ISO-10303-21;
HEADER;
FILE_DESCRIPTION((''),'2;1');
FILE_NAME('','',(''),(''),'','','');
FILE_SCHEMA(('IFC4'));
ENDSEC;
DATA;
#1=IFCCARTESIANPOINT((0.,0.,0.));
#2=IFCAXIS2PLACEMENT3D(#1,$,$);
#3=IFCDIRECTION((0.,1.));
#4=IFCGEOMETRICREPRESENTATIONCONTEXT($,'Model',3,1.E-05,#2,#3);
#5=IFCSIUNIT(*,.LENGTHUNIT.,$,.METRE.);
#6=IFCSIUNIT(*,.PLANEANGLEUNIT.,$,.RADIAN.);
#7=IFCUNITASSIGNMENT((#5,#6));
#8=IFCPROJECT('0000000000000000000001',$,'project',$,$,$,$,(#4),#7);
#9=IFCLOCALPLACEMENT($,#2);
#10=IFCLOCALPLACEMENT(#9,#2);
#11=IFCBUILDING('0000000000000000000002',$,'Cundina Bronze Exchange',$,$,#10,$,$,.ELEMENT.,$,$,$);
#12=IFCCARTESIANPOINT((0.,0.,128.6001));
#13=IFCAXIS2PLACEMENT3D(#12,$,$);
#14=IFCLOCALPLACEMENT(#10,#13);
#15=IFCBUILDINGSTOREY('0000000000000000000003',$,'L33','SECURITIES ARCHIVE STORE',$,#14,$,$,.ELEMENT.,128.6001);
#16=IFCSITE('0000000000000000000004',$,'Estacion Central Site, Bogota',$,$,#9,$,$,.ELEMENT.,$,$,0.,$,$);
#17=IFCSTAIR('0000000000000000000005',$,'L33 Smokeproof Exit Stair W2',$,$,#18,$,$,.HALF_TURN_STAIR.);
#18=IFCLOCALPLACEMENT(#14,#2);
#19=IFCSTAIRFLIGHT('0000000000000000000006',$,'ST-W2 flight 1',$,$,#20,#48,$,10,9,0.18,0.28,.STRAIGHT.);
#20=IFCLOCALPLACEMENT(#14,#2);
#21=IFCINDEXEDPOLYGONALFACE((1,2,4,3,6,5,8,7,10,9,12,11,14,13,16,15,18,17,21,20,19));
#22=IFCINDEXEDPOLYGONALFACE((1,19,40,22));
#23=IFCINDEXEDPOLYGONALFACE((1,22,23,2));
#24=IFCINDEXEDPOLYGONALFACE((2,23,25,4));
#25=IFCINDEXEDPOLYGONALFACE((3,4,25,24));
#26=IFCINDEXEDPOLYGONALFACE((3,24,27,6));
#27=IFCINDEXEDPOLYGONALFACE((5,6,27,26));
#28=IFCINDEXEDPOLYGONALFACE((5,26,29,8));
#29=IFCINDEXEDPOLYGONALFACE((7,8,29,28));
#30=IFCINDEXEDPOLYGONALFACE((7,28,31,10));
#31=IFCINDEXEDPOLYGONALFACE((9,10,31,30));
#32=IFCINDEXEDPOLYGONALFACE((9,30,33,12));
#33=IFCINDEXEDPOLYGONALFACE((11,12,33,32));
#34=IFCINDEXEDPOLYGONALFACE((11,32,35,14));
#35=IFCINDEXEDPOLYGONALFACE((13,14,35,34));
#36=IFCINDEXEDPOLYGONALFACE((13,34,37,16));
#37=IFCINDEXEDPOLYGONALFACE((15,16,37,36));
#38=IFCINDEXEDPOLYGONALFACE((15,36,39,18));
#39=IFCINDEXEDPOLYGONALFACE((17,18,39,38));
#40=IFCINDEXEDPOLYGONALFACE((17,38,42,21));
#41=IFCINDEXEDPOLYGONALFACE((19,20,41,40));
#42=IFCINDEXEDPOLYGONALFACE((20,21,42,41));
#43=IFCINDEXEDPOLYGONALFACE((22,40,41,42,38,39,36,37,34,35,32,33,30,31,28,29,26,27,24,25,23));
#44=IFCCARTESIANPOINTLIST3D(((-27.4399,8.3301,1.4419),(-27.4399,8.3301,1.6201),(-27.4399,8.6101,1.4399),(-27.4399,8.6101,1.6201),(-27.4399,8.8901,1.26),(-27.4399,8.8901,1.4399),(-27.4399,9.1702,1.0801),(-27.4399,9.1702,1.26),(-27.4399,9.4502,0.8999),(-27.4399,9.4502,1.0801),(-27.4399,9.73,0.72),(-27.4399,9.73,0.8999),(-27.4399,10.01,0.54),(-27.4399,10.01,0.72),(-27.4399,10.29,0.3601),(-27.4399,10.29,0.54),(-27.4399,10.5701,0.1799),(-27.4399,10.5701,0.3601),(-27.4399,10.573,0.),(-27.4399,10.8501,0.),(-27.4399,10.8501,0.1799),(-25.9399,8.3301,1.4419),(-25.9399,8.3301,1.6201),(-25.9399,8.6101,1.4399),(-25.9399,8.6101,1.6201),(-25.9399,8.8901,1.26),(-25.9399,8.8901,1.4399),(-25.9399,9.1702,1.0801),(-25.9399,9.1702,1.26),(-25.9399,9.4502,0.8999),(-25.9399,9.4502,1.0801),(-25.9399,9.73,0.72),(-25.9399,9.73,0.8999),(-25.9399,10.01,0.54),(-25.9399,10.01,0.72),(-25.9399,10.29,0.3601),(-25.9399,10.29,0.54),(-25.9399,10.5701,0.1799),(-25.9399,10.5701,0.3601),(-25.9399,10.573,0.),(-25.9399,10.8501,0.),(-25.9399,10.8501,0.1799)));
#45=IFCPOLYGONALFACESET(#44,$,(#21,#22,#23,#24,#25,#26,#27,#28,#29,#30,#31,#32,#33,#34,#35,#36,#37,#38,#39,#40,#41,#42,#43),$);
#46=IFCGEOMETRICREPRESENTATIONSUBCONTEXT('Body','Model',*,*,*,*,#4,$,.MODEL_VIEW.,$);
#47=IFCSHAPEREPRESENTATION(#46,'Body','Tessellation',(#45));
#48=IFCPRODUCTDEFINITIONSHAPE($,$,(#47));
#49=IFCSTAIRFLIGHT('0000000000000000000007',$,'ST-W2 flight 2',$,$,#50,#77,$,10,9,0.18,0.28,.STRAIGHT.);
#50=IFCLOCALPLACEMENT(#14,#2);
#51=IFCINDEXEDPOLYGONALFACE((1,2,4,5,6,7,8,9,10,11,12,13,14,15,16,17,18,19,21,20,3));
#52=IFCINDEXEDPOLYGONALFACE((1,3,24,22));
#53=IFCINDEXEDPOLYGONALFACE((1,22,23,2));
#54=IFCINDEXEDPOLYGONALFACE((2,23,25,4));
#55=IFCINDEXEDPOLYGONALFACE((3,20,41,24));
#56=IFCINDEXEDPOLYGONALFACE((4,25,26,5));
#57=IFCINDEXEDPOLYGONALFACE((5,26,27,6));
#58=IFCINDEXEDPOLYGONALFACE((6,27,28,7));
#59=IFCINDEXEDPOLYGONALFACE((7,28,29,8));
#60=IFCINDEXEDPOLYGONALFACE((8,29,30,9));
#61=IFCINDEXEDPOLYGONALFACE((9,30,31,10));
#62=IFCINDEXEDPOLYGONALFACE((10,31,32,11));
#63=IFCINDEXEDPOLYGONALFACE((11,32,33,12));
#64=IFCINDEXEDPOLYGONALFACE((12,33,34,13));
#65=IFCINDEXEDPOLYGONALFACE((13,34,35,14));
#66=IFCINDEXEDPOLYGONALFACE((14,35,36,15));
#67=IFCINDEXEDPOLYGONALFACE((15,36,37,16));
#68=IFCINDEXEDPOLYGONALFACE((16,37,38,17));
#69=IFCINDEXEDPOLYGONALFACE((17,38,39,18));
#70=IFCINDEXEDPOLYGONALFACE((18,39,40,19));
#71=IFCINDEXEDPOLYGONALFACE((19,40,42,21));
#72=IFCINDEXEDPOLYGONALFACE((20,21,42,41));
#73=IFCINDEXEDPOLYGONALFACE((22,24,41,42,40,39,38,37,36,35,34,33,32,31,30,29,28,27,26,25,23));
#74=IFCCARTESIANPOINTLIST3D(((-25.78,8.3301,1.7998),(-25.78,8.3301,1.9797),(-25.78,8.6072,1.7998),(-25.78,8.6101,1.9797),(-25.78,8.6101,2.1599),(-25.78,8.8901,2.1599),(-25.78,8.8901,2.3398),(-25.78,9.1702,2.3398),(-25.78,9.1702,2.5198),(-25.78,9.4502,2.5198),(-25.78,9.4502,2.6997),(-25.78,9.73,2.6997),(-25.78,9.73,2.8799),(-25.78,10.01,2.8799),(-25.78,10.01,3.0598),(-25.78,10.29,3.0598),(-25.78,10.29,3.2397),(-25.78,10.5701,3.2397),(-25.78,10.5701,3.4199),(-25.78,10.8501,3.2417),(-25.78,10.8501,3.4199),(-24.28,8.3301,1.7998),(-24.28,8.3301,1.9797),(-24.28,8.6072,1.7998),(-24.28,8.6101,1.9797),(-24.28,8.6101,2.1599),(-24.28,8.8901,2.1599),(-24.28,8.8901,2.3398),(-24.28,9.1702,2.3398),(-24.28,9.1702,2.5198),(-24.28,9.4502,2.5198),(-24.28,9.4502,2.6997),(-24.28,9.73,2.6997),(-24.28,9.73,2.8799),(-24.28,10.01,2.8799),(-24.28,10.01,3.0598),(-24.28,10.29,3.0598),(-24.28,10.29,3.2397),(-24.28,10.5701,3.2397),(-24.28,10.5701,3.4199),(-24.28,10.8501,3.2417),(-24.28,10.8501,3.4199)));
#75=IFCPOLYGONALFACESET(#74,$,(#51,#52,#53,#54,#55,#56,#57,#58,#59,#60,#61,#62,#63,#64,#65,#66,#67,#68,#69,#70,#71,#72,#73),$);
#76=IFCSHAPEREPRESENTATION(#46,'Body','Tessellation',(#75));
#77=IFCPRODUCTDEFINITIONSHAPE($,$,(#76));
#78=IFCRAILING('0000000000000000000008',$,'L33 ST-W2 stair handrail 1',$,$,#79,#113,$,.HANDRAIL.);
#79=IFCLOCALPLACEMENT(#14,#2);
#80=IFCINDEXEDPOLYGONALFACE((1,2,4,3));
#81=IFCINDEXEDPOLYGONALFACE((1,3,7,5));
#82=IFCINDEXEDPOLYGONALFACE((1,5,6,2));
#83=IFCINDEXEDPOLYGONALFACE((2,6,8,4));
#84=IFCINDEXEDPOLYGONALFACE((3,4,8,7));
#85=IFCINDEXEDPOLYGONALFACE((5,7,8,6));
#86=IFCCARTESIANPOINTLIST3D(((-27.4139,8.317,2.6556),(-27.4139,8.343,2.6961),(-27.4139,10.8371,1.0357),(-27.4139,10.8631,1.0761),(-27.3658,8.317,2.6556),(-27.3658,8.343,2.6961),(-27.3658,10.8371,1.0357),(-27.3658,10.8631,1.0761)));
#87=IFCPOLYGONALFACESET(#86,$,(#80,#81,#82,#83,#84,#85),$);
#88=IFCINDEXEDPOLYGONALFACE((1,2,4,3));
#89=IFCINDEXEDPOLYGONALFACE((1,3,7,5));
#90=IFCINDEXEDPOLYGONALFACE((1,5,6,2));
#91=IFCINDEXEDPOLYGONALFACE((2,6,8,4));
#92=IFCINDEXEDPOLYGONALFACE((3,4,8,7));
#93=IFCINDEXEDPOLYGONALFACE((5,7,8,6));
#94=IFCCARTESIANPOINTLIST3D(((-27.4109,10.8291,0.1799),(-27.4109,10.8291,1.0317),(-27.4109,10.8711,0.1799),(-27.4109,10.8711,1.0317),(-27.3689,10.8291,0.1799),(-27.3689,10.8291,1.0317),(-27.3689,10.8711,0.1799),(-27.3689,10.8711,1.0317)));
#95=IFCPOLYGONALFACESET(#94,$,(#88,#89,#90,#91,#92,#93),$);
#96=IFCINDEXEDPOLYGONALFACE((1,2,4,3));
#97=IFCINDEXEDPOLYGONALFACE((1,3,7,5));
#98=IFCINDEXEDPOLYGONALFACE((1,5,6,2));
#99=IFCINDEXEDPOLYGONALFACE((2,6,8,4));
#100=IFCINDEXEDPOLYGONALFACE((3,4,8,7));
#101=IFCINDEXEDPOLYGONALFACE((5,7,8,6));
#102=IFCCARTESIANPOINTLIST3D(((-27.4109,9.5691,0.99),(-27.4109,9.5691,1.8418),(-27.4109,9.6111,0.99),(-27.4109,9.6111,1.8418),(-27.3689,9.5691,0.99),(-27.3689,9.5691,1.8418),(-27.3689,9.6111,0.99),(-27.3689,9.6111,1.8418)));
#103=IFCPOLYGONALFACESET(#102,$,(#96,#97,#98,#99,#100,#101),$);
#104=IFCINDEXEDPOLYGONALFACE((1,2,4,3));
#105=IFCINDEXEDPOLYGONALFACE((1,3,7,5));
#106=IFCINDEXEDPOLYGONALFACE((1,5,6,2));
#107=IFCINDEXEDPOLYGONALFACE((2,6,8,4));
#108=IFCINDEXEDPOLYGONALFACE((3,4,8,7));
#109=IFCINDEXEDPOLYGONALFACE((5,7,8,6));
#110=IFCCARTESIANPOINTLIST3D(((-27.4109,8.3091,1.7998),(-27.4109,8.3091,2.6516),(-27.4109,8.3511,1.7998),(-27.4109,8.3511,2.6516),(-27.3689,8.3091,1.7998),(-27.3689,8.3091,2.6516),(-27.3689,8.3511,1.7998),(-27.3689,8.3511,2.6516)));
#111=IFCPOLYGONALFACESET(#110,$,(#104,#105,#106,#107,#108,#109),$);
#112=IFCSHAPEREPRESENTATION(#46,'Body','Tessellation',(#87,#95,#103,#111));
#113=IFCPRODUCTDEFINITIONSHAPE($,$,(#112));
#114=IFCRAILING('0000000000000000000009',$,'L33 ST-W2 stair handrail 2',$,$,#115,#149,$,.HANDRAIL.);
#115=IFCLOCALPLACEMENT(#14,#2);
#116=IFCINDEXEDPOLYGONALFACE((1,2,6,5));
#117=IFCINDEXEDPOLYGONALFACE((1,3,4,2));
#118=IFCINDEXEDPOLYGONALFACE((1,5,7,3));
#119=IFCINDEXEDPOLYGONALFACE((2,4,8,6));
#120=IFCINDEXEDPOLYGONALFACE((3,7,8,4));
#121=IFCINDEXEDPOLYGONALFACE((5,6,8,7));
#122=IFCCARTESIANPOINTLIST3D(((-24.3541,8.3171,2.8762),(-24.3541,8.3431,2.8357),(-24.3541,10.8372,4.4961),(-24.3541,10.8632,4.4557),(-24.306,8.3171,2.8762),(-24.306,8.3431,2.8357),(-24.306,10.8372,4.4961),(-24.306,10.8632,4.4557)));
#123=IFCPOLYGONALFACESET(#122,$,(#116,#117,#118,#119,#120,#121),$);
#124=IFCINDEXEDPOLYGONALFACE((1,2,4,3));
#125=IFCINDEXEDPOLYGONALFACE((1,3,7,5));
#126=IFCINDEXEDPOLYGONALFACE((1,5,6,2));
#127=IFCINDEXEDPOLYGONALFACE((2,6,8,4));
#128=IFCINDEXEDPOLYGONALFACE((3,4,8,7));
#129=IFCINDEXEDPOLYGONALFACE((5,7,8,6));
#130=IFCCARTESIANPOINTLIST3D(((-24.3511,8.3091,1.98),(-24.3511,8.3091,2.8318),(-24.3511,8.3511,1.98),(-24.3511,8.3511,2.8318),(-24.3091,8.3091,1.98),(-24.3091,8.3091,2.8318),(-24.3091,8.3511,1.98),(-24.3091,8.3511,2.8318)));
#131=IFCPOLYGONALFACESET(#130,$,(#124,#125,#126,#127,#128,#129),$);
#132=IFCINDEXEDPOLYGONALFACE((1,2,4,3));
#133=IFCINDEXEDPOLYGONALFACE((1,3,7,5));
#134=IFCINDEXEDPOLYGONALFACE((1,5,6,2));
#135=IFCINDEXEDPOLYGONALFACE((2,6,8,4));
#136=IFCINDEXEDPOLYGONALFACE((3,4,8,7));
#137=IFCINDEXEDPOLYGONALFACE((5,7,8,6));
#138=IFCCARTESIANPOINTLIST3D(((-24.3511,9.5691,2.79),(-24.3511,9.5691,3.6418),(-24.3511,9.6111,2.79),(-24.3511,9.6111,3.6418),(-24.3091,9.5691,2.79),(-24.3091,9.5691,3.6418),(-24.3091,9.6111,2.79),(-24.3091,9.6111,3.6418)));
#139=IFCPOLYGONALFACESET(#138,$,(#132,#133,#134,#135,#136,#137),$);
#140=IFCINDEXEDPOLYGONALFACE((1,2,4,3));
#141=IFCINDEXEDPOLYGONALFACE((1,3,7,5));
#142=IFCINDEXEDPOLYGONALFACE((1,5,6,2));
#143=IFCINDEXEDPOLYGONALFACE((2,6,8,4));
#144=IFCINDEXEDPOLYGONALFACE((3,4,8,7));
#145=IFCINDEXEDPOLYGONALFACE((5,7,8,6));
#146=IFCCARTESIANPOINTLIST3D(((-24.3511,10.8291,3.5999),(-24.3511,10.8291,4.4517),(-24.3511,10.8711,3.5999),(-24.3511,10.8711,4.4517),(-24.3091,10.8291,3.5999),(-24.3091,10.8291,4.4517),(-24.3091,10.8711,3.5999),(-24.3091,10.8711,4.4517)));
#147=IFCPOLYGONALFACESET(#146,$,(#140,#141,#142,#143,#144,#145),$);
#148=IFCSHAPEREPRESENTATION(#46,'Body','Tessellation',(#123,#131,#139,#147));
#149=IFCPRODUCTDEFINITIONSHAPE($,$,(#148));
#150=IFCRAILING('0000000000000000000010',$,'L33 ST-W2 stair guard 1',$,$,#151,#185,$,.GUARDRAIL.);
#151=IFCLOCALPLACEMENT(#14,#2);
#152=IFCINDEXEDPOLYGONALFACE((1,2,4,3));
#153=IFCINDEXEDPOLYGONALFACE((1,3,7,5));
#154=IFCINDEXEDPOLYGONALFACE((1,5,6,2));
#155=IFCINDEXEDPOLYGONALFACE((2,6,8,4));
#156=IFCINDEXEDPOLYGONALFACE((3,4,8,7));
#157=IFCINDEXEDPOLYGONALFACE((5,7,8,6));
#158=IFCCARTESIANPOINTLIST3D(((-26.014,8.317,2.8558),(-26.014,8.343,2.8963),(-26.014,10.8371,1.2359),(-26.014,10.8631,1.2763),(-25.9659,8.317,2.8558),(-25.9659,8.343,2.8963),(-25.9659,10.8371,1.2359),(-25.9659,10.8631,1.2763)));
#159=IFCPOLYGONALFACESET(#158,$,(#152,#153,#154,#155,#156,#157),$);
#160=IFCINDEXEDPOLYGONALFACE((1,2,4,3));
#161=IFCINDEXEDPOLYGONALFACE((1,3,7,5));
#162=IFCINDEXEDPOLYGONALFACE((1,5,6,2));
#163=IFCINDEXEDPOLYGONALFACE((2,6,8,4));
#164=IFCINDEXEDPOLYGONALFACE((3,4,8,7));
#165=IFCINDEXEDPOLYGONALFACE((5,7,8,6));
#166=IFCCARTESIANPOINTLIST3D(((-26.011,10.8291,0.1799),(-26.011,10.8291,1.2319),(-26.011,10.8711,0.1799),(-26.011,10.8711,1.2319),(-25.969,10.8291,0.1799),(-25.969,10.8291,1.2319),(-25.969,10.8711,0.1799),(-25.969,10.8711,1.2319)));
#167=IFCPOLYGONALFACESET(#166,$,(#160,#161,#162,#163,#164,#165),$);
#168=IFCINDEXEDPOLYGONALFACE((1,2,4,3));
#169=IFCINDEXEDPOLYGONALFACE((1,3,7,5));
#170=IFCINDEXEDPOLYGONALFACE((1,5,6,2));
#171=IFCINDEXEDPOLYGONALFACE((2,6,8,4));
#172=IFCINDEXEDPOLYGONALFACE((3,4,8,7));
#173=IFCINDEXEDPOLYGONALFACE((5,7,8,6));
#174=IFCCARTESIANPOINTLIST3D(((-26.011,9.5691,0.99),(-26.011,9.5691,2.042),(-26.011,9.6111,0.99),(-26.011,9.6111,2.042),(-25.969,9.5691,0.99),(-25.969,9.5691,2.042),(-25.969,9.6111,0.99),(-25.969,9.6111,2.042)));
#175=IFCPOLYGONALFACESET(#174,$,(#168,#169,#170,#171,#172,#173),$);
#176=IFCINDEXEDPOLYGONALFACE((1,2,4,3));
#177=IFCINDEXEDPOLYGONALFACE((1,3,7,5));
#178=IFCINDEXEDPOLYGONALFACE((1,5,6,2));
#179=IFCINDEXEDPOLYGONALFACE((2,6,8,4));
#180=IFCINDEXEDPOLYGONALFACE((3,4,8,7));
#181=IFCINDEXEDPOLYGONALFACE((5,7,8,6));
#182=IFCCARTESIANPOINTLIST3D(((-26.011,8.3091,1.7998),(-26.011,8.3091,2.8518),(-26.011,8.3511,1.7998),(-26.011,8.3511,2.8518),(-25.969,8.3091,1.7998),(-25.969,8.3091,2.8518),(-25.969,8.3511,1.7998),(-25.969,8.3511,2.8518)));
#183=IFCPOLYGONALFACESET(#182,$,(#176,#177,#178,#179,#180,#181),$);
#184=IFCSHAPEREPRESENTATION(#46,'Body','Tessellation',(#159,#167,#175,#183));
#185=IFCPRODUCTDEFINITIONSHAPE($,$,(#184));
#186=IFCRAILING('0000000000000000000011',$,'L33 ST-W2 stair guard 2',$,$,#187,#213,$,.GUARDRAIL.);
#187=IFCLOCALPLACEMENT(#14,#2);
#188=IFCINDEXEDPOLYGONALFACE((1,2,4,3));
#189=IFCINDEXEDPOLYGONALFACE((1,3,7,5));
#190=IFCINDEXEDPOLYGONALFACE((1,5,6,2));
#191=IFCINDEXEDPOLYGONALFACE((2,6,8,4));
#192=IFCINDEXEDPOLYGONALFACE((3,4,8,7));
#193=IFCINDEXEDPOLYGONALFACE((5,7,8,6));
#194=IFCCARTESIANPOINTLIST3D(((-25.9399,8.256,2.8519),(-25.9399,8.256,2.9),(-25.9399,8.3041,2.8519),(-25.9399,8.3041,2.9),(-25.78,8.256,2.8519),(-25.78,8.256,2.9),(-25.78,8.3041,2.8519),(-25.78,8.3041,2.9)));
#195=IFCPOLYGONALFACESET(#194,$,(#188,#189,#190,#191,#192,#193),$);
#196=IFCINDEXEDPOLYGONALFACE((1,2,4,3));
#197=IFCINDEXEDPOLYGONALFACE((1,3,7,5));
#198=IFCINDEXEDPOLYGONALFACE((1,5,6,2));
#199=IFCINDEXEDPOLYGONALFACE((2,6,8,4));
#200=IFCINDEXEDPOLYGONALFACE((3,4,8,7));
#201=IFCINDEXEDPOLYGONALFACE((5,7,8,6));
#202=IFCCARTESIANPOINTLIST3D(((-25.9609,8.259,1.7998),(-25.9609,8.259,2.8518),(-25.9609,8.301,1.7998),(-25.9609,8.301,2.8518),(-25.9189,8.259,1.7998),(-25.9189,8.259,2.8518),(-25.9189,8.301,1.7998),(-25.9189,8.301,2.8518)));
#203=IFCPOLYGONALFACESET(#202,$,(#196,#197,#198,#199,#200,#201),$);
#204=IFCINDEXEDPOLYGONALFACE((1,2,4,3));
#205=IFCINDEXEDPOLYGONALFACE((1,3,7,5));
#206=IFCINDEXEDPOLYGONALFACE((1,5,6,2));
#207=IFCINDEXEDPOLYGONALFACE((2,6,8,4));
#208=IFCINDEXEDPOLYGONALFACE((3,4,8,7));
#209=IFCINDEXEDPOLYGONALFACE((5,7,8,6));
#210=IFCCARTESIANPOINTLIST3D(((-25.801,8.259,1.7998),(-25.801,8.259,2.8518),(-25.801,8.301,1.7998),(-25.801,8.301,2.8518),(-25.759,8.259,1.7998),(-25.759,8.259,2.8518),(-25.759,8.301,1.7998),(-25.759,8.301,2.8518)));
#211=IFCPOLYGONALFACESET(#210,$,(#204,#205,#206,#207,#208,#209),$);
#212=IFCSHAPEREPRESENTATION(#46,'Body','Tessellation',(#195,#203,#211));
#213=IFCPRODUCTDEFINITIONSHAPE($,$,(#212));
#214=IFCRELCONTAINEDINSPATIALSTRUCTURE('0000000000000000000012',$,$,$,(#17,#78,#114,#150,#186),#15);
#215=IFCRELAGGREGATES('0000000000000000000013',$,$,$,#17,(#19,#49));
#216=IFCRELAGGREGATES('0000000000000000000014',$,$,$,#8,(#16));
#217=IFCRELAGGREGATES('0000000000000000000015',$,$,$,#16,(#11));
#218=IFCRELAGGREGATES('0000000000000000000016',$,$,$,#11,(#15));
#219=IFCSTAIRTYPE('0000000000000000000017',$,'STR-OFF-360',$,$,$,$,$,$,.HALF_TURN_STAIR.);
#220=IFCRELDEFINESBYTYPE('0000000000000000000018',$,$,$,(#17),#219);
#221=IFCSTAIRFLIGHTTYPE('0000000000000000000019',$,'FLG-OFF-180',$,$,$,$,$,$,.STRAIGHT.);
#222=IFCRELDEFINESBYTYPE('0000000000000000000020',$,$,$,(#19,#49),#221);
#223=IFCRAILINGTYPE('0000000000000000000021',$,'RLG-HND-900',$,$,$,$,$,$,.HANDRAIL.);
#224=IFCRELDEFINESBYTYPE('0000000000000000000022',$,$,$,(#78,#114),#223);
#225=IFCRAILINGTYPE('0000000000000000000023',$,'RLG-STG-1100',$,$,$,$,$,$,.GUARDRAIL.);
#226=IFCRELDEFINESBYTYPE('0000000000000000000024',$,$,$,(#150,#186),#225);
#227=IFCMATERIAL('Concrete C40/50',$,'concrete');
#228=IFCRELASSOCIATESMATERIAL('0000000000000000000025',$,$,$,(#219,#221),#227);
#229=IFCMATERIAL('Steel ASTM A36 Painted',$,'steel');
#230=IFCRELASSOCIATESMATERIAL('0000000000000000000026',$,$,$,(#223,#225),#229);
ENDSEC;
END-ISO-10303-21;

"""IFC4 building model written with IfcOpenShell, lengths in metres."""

from ifc_helpers import new_model, si_unit, direction, frame, origin, origin_2d, place, context, subcontext, project, spatial, polyline, rectangle, outline, extrude, material, type_object, element, aggregate, save


model = new_model("IFC4")

# Units and contexts
model_context = context("Model", 3, precision=1e-05, world=origin(), true_north=direction((0.0, 1.0)))
body_context = subcontext(model_context, "Body", "Model", "MODEL_VIEW")
ifc_project = project(units=[si_unit("LENGTHUNIT", "METRE"), si_unit("PLANEANGLEUNIT", "RADIAN")], contexts=[model_context])

# Site, building, storey
site_placement = place(None, origin())
site = spatial("IfcSite", under=ifc_project, at=site_placement, Name="Estacion Central Site, Bogota", CompositionType="ELEMENT", RefElevation=0.0)
building_placement = place(site_placement, origin())
building = spatial("IfcBuilding", under=site, at=building_placement, Name="Cundina Bronze Exchange", CompositionType="ELEMENT")
storey_placement = place(building_placement, frame((0.0, 0.0, 128.6001)))
storey = spatial("IfcBuildingStorey", under=building, at=storey_placement, Name="L33", Description="SECURITIES ARCHIVE STORE", CompositionType="ELEMENT", Elevation=128.6001)

# Shared definitions
ifc_material_1 = material(Name="Steel ASTM A36 Painted", Category="steel")

# Stair, stair flights
ifc_material_2 = material(Name="Concrete C40/50", Category="concrete")
stair_type = type_object("IfcStairType", Name="STR-OFF-360", PredefinedType="HALF_TURN_STAIR", material=ifc_material_2)
stair_placement = place(storey_placement, origin())
stair = element("IfcStair", 1, at=stair_placement, inside=storey, type_object=stair_type, Name="L33 Smokeproof Exit Stair W2", PredefinedType="HALF_TURN_STAIR")
stair_flight_type = type_object("IfcStairFlightType", Name="FLG-OFF-180", PredefinedType="STRAIGHT", material=ifc_material_2)
stair_flight_1_placement = place(storey_placement, frame((-26.6899, 10.8501, 0.0), z_axis=(0.0, 0.0, 1.0), x_axis=(0.0, -1.0, 0.0)))
stair_flight_1 = element("IfcStairFlight", 2, at=stair_flight_1_placement, type_object=stair_flight_type, Name="ST-W2 flight 1", NumberOfRisers=10, NumberOfTreads=9, PredefinedType="STRAIGHT", RiserHeight=0.18, TreadLength=0.28, context=body_context, shape_type="SweptSolid", body=[
    extrude(outline(polyline([(0.0, 0.0), (0.0, 0.1799), (0.28, 0.1799), (0.28, 0.3601), (0.5601, 0.3601), (0.5601, 0.54), (0.8401, 0.54), (0.8401, 0.72), (1.1201, 0.72), (1.1201, 0.8999), (1.3999, 0.8999), (1.3999, 1.0801), (1.6799, 1.0801), (1.6799, 1.26), (1.96, 1.26), (1.96, 1.4399), (2.24, 1.4399), (2.24, 1.6201), (2.52, 1.6201), (2.52, 1.8), (2.52, 1.4419), (0.2771, 0.0), (0.0, 0.0)])), frame((0.0, 0.75, 0.0), z_axis=(0.0, -1.0, 0.0), x_axis=(1.0, 0.0, 0.0)), (0.0, 0.0, 1.0), 1.5),
])
stair_flight_2_placement = place(storey_placement, frame((-25.03, 8.3301, 1.7998), z_axis=(0.0, 0.0, 1.0), x_axis=(0.0, 1.0, 0.0)))
stair_flight_2 = element("IfcStairFlight", 3, at=stair_flight_2_placement, type_object=stair_flight_type, Name="ST-W2 flight 2", NumberOfRisers=10, NumberOfTreads=9, PredefinedType="STRAIGHT", RiserHeight=0.18, TreadLength=0.28, context=body_context, shape_type="SweptSolid", body=[
    extrude(outline(polyline([(0.0, 0.0), (0.0, 0.1799), (0.28, 0.1799), (0.28, 0.3601), (0.5601, 0.3601), (0.5601, 0.54), (0.8401, 0.54), (0.8401, 0.72), (1.1201, 0.72), (1.1201, 0.8999), (1.3999, 0.8999), (1.3999, 1.0801), (1.6799, 1.0801), (1.6799, 1.26), (1.96, 1.26), (1.96, 1.4399), (2.24, 1.4399), (2.24, 1.6201), (2.52, 1.6201), (2.52, 1.8), (2.52, 1.4419), (0.2771, 0.0), (0.0, 0.0)])), frame((0.0, 0.75, 0.0), z_axis=(0.0, -1.0, 0.0), x_axis=(1.0, 0.0, 0.0)), (0.0, 0.0, 1.0), 1.5),
])
aggregate(stair, [stair_flight_1, stair_flight_2])

# Railings
railing_type_1 = type_object("IfcRailingType", Name="RLG-HND-900", PredefinedType="HANDRAIL", material=ifc_material_1)
railing_1_placement = place(storey_placement, frame((-27.3899, 10.8501, 0.1799)))
element("IfcRailing", 4, at=railing_1_placement, inside=storey, type_object=railing_type_1, Name="L33 ST-W2 stair handrail 1", PredefinedType="HANDRAIL", context=body_context, shape_type="SweptSolid", body=[
    extrude(rectangle(XDim=0.0481, YDim=0.0481, at=origin_2d()), frame((0.0, 0.0, 0.876), z_axis=(0.0, -0.8412, 0.540725), x_axis=(1.0, 0.0, 0.0)), (0.0, 0.0, 1.0), 2.9958),
    extrude(rectangle(XDim=0.042, YDim=0.042, at=origin_2d()), origin(), (0.0, 0.0, 1.0), 0.8518),
    extrude(rectangle(XDim=0.042, YDim=0.042, at=origin_2d()), frame((0.0, -1.26, 0.8101)), (0.0, 0.0, 1.0), 0.8518),
    extrude(rectangle(XDim=0.042, YDim=0.042, at=origin_2d()), frame((0.0, -2.52, 1.6199)), (0.0, 0.0, 1.0), 0.8518),
])
railing_2_placement = place(storey_placement, frame((-24.3301, 8.3301, 1.98)))
element("IfcRailing", 5, at=railing_2_placement, inside=storey, type_object=railing_type_1, Name="L33 ST-W2 stair handrail 2", PredefinedType="HANDRAIL", context=body_context, shape_type="SweptSolid", body=[
    extrude(rectangle(XDim=0.0481, YDim=0.0481, at=origin_2d()), frame((0.0, 0.0, 0.876), z_axis=(0.0, 0.8412, 0.540725), x_axis=(-1.0, 0.0, 0.0)), (0.0, 0.0, 1.0), 2.9958),
    extrude(rectangle(XDim=0.042, YDim=0.042, at=origin_2d()), origin(), (0.0, 0.0, 1.0), 0.8518),
    extrude(rectangle(XDim=0.042, YDim=0.042, at=origin_2d()), frame((0.0, 1.26, 0.8101)), (0.0, 0.0, 1.0), 0.8518),
    extrude(rectangle(XDim=0.042, YDim=0.042, at=origin_2d()), frame((0.0, 2.52, 1.6199)), (0.0, 0.0, 1.0), 0.8518),
])
railing_type_2 = type_object("IfcRailingType", Name="RLG-STG-1100", PredefinedType="GUARDRAIL", material=ifc_material_1)
railing_3_placement = place(storey_placement, frame((-25.99, 10.8501, 0.1799)))
element("IfcRailing", 6, at=railing_3_placement, inside=storey, type_object=railing_type_2, Name="L33 ST-W2 stair guard 1", PredefinedType="GUARDRAIL", context=body_context, shape_type="SweptSolid", body=[
    extrude(rectangle(XDim=0.0481, YDim=0.0481, at=origin_2d()), frame((0.0, 0.0, 1.0762), z_axis=(0.0, -0.8412, 0.540725), x_axis=(1.0, 0.0, 0.0)), (0.0, 0.0, 1.0), 2.9958),
    extrude(rectangle(XDim=0.042, YDim=0.042, at=origin_2d()), origin(), (0.0, 0.0, 1.0), 1.052),
    extrude(rectangle(XDim=0.042, YDim=0.042, at=origin_2d()), frame((0.0, -1.26, 0.8101)), (0.0, 0.0, 1.0), 1.052),
    extrude(rectangle(XDim=0.042, YDim=0.042, at=origin_2d()), frame((0.0, -2.52, 1.6199)), (0.0, 0.0, 1.0), 1.052),
])
railing_4_placement = place(storey_placement, frame((-25.9399, 8.28, 1.7998)))
element("IfcRailing", 7, at=railing_4_placement, inside=storey, type_object=railing_type_2, Name="L33 ST-W2 stair guard 2", PredefinedType="GUARDRAIL", context=body_context, shape_type="SweptSolid", body=[
    extrude(rectangle(XDim=0.0481, YDim=0.0481, at=origin_2d()), frame((0.0, 0.0, 1.0762), z_axis=(1.0, 0.0, 0.0), x_axis=(0.0, 1.0, 0.0)), (0.0, 0.0, 1.0), 0.1599),
    extrude(rectangle(XDim=0.042, YDim=0.042, at=origin_2d()), origin(), (0.0, 0.0, 1.0), 1.052),
    extrude(rectangle(XDim=0.042, YDim=0.042, at=origin_2d()), frame((0.1599, 0.0, 0.0)), (0.0, 0.0, 1.0), 1.052),
])

save(model, "model.ifc")
